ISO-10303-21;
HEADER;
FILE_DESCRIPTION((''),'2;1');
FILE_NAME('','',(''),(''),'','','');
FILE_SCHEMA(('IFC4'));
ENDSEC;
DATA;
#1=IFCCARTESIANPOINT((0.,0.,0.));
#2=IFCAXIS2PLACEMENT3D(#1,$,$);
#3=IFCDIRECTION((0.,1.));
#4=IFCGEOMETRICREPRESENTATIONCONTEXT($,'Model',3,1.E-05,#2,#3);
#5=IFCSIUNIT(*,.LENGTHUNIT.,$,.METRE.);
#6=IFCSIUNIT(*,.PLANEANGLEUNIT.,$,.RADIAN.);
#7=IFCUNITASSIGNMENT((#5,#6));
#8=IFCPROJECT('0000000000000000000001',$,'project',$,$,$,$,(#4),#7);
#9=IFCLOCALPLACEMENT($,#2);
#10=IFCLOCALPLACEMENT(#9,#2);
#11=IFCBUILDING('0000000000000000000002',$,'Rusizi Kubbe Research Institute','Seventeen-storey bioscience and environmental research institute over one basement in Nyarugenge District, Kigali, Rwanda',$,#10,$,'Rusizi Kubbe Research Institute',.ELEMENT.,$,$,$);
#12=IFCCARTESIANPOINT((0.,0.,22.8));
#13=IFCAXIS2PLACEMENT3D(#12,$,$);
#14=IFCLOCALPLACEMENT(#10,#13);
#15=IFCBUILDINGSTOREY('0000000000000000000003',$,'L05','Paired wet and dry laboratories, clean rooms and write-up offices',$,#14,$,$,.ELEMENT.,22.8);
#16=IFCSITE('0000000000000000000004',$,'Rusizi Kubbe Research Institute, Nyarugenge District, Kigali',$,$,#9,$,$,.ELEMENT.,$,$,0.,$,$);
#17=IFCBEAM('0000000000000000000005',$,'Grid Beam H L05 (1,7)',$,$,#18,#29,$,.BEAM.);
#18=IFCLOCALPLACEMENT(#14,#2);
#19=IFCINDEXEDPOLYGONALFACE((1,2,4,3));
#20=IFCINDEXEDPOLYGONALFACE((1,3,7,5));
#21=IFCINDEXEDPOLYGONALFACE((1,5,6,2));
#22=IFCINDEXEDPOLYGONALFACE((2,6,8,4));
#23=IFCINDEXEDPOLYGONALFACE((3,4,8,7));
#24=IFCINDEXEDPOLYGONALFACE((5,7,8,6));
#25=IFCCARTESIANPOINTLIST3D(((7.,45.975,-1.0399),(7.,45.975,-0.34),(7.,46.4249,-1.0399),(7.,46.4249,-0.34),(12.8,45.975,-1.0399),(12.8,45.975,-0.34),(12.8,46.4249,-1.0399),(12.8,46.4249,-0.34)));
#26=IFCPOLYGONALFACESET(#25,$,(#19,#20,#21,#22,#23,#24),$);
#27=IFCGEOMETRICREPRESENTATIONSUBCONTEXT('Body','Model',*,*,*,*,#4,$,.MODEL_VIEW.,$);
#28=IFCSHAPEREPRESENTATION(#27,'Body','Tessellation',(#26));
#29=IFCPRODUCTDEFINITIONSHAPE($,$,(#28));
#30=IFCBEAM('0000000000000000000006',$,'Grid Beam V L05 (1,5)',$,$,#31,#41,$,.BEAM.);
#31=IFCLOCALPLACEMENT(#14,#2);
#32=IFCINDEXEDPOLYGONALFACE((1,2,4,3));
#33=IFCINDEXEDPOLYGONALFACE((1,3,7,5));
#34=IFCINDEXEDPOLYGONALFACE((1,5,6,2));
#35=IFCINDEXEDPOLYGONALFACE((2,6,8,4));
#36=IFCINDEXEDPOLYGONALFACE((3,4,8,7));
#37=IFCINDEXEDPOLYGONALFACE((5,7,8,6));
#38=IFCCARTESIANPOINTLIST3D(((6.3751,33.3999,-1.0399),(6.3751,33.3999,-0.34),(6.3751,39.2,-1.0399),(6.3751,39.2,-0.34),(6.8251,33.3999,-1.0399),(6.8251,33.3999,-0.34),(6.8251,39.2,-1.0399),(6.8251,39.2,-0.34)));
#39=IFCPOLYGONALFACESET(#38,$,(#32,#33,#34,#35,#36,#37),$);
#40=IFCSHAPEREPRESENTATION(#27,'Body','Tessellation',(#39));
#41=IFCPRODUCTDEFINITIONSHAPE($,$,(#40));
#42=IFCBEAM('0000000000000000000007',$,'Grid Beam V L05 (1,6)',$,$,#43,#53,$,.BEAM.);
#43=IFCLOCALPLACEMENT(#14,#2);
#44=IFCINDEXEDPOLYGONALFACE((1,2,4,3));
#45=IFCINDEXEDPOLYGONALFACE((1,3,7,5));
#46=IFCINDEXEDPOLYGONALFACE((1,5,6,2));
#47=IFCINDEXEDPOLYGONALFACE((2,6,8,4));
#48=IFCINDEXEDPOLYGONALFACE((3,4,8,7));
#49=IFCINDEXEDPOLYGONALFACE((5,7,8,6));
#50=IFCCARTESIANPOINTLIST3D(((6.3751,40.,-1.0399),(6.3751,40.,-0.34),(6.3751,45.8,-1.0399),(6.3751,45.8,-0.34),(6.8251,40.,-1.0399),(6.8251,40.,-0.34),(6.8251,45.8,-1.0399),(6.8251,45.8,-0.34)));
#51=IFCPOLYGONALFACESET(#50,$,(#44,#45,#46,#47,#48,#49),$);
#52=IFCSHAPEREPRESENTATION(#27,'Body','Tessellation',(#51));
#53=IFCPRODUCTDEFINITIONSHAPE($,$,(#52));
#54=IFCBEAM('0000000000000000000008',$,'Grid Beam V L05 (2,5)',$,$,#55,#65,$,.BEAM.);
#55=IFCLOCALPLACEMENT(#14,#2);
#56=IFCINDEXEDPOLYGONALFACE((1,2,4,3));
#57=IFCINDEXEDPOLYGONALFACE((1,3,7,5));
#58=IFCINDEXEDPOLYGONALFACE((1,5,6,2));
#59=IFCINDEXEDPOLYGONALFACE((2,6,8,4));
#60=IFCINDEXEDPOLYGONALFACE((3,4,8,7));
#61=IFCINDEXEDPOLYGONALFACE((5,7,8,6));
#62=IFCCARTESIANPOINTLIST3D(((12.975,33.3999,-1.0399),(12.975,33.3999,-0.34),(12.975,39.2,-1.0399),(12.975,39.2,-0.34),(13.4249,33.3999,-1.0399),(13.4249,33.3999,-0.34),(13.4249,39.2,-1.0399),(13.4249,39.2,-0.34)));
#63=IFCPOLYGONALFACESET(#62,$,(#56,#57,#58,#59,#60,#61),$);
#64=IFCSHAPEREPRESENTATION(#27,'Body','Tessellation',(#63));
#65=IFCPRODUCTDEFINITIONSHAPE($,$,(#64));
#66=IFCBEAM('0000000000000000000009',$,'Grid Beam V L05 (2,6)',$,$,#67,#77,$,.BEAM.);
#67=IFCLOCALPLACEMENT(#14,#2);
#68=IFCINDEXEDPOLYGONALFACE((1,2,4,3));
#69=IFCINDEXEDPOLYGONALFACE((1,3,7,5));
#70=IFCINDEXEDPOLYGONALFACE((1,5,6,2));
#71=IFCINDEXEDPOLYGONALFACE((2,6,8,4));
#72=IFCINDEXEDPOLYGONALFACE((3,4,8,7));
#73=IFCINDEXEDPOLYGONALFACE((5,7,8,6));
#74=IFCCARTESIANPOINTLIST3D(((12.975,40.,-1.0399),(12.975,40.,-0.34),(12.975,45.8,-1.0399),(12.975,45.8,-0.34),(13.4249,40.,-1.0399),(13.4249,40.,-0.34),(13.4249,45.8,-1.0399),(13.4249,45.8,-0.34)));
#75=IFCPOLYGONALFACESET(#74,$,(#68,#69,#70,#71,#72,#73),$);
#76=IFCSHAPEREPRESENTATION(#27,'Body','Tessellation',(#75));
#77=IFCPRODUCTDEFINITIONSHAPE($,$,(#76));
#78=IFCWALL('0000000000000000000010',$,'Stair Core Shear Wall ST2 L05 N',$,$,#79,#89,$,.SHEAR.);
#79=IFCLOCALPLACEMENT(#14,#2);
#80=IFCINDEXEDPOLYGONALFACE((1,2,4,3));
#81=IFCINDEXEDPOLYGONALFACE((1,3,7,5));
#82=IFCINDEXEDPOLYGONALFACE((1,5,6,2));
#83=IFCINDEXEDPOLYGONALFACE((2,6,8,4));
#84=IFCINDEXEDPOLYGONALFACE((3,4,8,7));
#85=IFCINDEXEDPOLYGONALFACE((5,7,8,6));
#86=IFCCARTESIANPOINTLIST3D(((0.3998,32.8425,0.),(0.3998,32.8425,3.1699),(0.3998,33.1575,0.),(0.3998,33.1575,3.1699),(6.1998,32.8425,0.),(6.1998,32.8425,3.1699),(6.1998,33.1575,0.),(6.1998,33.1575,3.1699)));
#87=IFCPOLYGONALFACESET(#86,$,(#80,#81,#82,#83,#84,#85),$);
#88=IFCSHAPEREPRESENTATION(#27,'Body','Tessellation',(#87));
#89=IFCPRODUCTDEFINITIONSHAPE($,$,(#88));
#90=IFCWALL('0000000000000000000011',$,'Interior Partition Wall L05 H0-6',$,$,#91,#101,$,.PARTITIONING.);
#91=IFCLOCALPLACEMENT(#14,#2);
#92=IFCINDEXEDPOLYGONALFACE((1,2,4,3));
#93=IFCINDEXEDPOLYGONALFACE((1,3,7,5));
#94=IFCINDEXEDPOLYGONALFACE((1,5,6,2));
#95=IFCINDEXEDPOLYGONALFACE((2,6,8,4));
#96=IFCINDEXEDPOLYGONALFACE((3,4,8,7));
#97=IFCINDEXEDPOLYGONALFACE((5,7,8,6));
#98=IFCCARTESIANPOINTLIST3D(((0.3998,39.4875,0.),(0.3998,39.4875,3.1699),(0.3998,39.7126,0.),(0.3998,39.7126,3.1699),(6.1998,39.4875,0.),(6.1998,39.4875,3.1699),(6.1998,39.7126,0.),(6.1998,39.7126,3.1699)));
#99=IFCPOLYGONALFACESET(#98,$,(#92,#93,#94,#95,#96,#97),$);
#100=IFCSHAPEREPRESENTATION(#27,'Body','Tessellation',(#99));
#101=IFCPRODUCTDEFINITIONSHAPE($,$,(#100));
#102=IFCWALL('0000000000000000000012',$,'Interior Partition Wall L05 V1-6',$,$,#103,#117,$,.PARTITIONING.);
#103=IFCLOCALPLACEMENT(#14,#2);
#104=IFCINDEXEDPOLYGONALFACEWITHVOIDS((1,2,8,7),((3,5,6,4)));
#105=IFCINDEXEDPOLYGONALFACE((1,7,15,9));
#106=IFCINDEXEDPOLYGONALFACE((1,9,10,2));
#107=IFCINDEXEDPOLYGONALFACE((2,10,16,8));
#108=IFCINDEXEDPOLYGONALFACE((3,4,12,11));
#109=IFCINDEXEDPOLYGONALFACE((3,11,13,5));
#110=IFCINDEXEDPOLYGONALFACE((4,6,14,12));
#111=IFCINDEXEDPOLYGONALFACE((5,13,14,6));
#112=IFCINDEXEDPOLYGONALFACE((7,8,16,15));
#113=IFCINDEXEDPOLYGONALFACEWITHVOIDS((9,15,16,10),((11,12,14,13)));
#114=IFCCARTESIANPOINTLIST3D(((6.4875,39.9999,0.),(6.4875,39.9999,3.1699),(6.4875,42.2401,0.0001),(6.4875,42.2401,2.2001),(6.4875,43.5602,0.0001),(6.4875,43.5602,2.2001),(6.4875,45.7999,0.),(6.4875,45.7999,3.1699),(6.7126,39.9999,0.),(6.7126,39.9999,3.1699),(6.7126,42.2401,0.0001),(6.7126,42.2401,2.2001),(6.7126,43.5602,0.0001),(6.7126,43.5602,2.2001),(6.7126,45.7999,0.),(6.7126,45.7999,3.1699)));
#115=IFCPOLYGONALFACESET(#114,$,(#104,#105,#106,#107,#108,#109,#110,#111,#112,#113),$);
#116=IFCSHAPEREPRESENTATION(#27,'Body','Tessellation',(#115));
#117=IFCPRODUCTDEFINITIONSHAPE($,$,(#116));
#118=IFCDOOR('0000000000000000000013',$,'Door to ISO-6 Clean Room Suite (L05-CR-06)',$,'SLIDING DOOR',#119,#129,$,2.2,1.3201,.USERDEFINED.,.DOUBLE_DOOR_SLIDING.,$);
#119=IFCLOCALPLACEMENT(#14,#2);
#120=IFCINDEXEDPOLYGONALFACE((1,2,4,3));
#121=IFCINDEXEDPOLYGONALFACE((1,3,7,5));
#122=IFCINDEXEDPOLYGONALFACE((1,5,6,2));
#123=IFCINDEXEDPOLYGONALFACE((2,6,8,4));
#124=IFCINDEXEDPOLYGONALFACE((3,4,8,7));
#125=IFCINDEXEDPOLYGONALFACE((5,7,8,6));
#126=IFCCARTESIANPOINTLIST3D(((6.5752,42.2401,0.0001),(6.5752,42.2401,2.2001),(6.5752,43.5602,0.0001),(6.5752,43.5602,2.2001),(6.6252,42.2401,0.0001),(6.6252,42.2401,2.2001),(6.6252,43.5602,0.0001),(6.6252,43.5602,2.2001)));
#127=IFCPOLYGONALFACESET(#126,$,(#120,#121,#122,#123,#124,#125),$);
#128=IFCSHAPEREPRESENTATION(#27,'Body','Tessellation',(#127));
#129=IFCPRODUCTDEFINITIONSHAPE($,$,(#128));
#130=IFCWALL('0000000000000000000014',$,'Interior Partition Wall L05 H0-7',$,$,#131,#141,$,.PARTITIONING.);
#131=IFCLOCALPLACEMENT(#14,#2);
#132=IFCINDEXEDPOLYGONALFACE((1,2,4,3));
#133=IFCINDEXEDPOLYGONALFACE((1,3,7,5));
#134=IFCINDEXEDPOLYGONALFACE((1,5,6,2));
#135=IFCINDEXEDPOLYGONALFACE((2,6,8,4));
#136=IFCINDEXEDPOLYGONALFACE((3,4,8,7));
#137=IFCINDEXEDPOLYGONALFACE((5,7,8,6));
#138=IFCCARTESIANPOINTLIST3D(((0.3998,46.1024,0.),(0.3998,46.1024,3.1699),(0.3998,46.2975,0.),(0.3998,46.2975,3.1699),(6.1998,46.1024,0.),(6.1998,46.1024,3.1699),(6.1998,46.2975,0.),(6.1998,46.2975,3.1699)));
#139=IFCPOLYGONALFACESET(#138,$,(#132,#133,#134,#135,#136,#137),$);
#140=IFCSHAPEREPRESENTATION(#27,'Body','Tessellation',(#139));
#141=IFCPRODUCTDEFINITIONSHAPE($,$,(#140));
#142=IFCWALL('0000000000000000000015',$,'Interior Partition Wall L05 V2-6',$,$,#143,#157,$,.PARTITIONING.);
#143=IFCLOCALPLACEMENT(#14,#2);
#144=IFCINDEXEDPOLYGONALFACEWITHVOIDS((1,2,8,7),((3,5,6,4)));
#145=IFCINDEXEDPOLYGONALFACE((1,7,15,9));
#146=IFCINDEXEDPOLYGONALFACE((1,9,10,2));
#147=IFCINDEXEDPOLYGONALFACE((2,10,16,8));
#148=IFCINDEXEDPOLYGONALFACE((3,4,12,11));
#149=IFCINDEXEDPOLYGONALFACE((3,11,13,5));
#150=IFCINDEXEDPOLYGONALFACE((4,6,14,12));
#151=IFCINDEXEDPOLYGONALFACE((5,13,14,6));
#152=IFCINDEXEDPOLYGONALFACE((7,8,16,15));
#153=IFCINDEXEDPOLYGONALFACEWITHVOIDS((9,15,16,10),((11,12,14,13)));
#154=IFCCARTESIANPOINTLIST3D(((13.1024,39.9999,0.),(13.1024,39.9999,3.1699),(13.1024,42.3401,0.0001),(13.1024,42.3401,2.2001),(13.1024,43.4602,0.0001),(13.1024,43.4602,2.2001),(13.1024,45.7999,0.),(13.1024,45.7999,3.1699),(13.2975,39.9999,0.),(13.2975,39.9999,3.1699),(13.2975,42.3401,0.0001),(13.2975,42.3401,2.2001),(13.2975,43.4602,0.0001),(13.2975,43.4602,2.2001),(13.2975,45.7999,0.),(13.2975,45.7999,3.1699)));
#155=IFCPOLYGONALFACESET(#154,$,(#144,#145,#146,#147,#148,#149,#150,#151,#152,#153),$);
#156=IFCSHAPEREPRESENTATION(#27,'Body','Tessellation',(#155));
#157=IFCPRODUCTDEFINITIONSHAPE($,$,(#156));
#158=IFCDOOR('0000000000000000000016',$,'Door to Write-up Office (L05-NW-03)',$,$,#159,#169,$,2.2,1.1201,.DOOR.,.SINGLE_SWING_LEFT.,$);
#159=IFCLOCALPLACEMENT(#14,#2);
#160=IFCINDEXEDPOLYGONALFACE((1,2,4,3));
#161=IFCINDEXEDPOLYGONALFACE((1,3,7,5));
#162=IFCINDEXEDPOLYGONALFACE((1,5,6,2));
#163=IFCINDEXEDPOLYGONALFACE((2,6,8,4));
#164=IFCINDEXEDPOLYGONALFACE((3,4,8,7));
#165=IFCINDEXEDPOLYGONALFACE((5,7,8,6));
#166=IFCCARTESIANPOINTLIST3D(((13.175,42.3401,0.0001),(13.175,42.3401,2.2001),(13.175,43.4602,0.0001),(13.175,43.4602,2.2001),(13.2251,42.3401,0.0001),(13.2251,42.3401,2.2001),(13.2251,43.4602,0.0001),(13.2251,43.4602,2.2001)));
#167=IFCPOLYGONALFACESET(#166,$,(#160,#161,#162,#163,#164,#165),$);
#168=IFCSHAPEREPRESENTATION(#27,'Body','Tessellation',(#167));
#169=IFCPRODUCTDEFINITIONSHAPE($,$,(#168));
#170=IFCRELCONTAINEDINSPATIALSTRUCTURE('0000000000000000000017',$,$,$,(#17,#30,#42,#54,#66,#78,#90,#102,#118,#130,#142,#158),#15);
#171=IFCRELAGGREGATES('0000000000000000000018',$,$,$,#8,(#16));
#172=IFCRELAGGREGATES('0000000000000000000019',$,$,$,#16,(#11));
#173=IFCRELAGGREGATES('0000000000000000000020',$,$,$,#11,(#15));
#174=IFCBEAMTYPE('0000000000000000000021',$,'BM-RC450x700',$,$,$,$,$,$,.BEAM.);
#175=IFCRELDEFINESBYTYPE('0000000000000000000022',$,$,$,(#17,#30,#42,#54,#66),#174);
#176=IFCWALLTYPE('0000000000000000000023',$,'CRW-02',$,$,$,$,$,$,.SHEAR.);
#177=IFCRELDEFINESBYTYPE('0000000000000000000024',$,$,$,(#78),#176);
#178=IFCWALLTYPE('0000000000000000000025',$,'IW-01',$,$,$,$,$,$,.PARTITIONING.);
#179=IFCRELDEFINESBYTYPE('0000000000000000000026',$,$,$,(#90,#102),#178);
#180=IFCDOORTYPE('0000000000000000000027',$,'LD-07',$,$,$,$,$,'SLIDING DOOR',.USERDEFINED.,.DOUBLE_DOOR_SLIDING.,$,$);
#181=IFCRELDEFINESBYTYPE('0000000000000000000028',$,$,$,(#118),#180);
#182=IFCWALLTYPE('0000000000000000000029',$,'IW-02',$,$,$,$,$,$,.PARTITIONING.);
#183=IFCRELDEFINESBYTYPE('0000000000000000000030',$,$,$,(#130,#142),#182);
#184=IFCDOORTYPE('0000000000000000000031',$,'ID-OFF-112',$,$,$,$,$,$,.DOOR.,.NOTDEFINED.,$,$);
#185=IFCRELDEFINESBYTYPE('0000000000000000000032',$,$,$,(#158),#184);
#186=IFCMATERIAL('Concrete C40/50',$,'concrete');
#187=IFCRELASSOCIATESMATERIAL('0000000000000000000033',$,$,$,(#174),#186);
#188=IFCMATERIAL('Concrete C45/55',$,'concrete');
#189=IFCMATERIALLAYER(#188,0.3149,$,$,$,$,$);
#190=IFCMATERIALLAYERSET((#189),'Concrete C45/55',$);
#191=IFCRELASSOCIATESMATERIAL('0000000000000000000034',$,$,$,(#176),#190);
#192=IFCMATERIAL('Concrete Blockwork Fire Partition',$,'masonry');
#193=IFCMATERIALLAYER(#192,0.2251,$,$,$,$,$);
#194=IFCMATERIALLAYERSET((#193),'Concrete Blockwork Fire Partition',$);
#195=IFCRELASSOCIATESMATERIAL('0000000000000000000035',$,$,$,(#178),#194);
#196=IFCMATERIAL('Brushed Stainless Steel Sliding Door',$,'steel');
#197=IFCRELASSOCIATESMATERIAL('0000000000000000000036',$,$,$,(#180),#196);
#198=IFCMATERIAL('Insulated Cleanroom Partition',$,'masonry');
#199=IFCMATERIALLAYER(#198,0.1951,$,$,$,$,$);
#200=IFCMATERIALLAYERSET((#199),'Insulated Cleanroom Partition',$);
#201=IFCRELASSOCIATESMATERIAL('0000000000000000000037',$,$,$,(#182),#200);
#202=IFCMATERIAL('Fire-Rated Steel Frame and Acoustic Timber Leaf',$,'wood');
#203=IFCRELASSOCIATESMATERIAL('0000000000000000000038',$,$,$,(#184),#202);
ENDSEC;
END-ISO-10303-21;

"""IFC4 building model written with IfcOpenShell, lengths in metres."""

from ifc_helpers import new_model, si_unit, direction, frame, frame_2d, origin, origin_2d, place, context, subcontext, project, spatial, rectangle, extrude, material, layer, layer_set, material_profile, profile_set, type_object, element, fill, save


model = new_model("IFC4")

# Units and contexts
model_context = context("Model", 3, precision=1e-05, world=origin(), true_north=direction((0.0, 1.0)))
body_context = subcontext(model_context, "Body", "Model", "MODEL_VIEW")
ifc_project = project(units=[si_unit("LENGTHUNIT", "METRE"), si_unit("PLANEANGLEUNIT", "RADIAN")], contexts=[model_context])

# Site, building, storey
site_placement = place(None, origin())
site = spatial("IfcSite", under=ifc_project, at=site_placement, Name="Rusizi Kubbe Research Institute, Nyarugenge District, Kigali", CompositionType="ELEMENT", RefElevation=0.0)
building_placement = place(site_placement, origin())
building = spatial("IfcBuilding", under=site, at=building_placement, Name="Rusizi Kubbe Research Institute", Description="Seventeen-storey bioscience and environmental research institute over one basement in Nyarugenge District, Kigali, Rwanda", LongName="Rusizi Kubbe Research Institute", CompositionType="ELEMENT")
storey_placement = place(building_placement, frame((0.0, 0.0, 22.8)))
storey = spatial("IfcBuildingStorey", under=building, at=storey_placement, Name="L05", Description="Paired wet and dry laboratories, clean rooms and write-up offices", CompositionType="ELEMENT", Elevation=22.8)

# Beams
ifc_material_1 = material(Name="Concrete C40/50", Category="concrete")
ifc_material_profile_1 = material_profile(ifc_material_1, rectangle(XDim=0.45, YDim=0.7, at=origin_2d()), Name="RC450x700B")
ifc_profile_set_1 = profile_set([ifc_material_profile_1], Name="Concrete C40/50")
beam_type_1 = type_object("IfcBeamType", Name="BM-RC450x700", PredefinedType="BEAM", material=ifc_profile_set_1)
for number, where, z_axis, x_axis, name in (
    (1, (7.0, 46.2, -0.6899), (1.0, 0.0, 0.0), (0.0, 1.0, 0.0), "Grid Beam H L05 (1,7)"),
    (2, (6.6001, 33.3999, -0.6899), (0.0, 1.0, 0.0), (-1.0, 0.0, 0.0), "Grid Beam V L05 (1,5)"),
    (3, (6.6001, 40.0, -0.6899), (0.0, 1.0, 0.0), (-1.0, 0.0, 0.0), "Grid Beam V L05 (1,6)"),
    (4, (13.2, 33.3999, -0.6899), (0.0, 1.0, 0.0), (-1.0, 0.0, 0.0), "Grid Beam V L05 (2,5)"),
    (5, (13.2, 40.0, -0.6899), (0.0, 1.0, 0.0), (-1.0, 0.0, 0.0), "Grid Beam V L05 (2,6)"),
):
    element("IfcBeam", number, at=place(storey_placement, frame(where, z_axis=z_axis, x_axis=x_axis)), inside=storey, type_object=beam_type_1, Name=name, PredefinedType="BEAM", context=body_context, shape_type="SweptSolid", body=[
        extrude(rectangle(XDim=0.45, YDim=0.7, at=origin_2d()), origin(), (0.0, 0.0, 1.0), 5.8),
    ])

# Walls
ifc_material_2 = material(Name="Concrete C45/55", Category="concrete")
ifc_layer_1 = layer(ifc_material_2, 0.3149)
ifc_layer_set_1 = layer_set([ifc_layer_1], Name="Concrete C45/55")
wall_type_1 = type_object("IfcWallType", Name="CRW-02", PredefinedType="SHEAR", material=ifc_layer_set_1)
wall_1_placement = place(storey_placement, frame((0.3999, 33.0, 0.0), z_axis=(0.0, 0.0, 1.0), x_axis=(1.0, 0.0, 0.0)))
element("IfcWall", 6, at=wall_1_placement, inside=storey, type_object=wall_type_1, Name="Stair Core Shear Wall ST2 L05 N", PredefinedType="SHEAR", context=body_context, shape_type="SweptSolid", body=[
    extrude(rectangle(XDim=5.8, YDim=0.3149, at=frame_2d((2.8999, 0.0))), origin(), (0.0, 0.0, 1.0), 3.1699),
])
ifc_material_3 = material(Name="Concrete Blockwork Fire Partition", Category="masonry")
ifc_layer_2 = layer(ifc_material_3, 0.2251)
ifc_layer_set_2 = layer_set([ifc_layer_2], Name="Concrete Blockwork Fire Partition")
wall_type_2 = type_object("IfcWallType", Name="IW-01", PredefinedType="PARTITIONING", material=ifc_layer_set_2)
wall_2_placement = place(storey_placement, frame((0.3999, 39.6001, 0.0), z_axis=(0.0, 0.0, 1.0), x_axis=(1.0, 0.0, 0.0)))
element("IfcWall", 7, at=wall_2_placement, inside=storey, type_object=wall_type_2, Name="Interior Partition Wall L05 H0-6", PredefinedType="PARTITIONING", context=body_context, shape_type="SweptSolid", body=[
    extrude(rectangle(XDim=5.8, YDim=0.2251, at=frame_2d((2.8999, 0.0))), origin(), (0.0, 0.0, 1.0), 3.1699),
])

# Wall, opening, door
wall_3_placement = place(storey_placement, frame((6.6001, 40.0, 0.0), z_axis=(0.0, 0.0, 1.0), x_axis=(0.0, 1.0, 0.0)))
wall_3 = element("IfcWall", 8, at=wall_3_placement, inside=storey, type_object=wall_type_2, Name="Interior Partition Wall L05 V1-6", PredefinedType="PARTITIONING", context=body_context, shape_type="SweptSolid", body=[
    extrude(rectangle(XDim=5.8, YDim=0.2251, at=frame_2d((2.8999, 0.0))), origin(), (0.0, 0.0, 1.0), 3.1699),
])
opening_1_placement = place(wall_3_placement, frame((2.24, 0.0, 0.0)))
opening_1 = element("IfcOpeningElement", 9, at=opening_1_placement, cuts=wall_3, PredefinedType="OPENING", context=body_context, shape_type="SweptSolid", body=[
    extrude(rectangle(XDim=1.3201, YDim=2.2, at=frame_2d((0.6602, 1.1001))), frame((0.0, 0.1226, 0.0), z_axis=(0.0, -1.0, 0.0), x_axis=(1.0, 0.0, 0.0)), (0.0, 0.0, 1.0), 0.2451),
])
ifc_material_4 = material(Name="Brushed Stainless Steel Sliding Door", Category="steel")
door_type_1 = type_object("IfcDoorType", Name="LD-07", ElementType="SLIDING DOOR", OperationType="DOUBLE_DOOR_SLIDING", PredefinedType="USERDEFINED", material=ifc_material_4)
door_1_placement = place(opening_1_placement, origin())
door_1 = element("IfcDoor", 10, at=door_1_placement, inside=storey, type_object=door_type_1, Name="Door to ISO-6 Clean Room Suite (L05-CR-06)", ObjectType="SLIDING DOOR", OperationType="DOUBLE_DOOR_SLIDING", OverallHeight=2.2, OverallWidth=1.3201, PredefinedType="USERDEFINED", context=body_context, shape_type="SweptSolid", body=[
    extrude(rectangle(XDim=1.3201, YDim=2.2, at=frame_2d((0.6602, 1.1001))), frame((0.0, 0.0249, 0.0), z_axis=(0.0, -1.0, 0.0), x_axis=(1.0, 0.0, 0.0)), (0.0, 0.0, 1.0), 0.05),
])
fill(opening_1, door_1)

# Wall
ifc_material_5 = material(Name="Insulated Cleanroom Partition", Category="masonry")
ifc_layer_3 = layer(ifc_material_5, 0.1951)
ifc_layer_set_3 = layer_set([ifc_layer_3], Name="Insulated Cleanroom Partition")
wall_type_3 = type_object("IfcWallType", Name="IW-02", PredefinedType="PARTITIONING", material=ifc_layer_set_3)
wall_4_placement = place(storey_placement, frame((0.3999, 46.2, 0.0), z_axis=(0.0, 0.0, 1.0), x_axis=(1.0, 0.0, 0.0)))
element("IfcWall", 11, at=wall_4_placement, inside=storey, type_object=wall_type_3, Name="Interior Partition Wall L05 H0-7", PredefinedType="PARTITIONING", context=body_context, shape_type="SweptSolid", body=[
    extrude(rectangle(XDim=5.8, YDim=0.1951, at=frame_2d((2.8999, 0.0))), origin(), (0.0, 0.0, 1.0), 3.1699),
])

# Wall, opening, door
wall_5_placement = place(storey_placement, frame((13.2, 40.0, 0.0), z_axis=(0.0, 0.0, 1.0), x_axis=(0.0, 1.0, 0.0)))
wall_5 = element("IfcWall", 12, at=wall_5_placement, inside=storey, type_object=wall_type_3, Name="Interior Partition Wall L05 V2-6", PredefinedType="PARTITIONING", context=body_context, shape_type="SweptSolid", body=[
    extrude(rectangle(XDim=5.8, YDim=0.1951, at=frame_2d((2.8999, 0.0))), origin(), (0.0, 0.0, 1.0), 3.1699),
])
opening_2_placement = place(wall_5_placement, frame((2.3401, 0.0, 0.0)))
opening_2 = element("IfcOpeningElement", 13, at=opening_2_placement, cuts=wall_5, PredefinedType="OPENING", context=body_context, shape_type="SweptSolid", body=[
    extrude(rectangle(XDim=1.1201, YDim=2.2, at=frame_2d((0.5601, 1.1001))), frame((0.0, 0.1074, 0.0), z_axis=(0.0, -1.0, 0.0), x_axis=(1.0, 0.0, 0.0)), (0.0, 0.0, 1.0), 0.2151),
])
ifc_material_6 = material(Name="Fire-Rated Steel Frame and Acoustic Timber Leaf", Category="wood")
door_type_2 = type_object("IfcDoorType", Name="ID-OFF-112", OperationType="NOTDEFINED", PredefinedType="DOOR", material=ifc_material_6)
door_2_placement = place(opening_2_placement, origin())
door_2 = element("IfcDoor", 14, at=door_2_placement, inside=storey, type_object=door_type_2, Name="Door to Write-up Office (L05-NW-03)", OperationType="SINGLE_SWING_LEFT", OverallHeight=2.2, OverallWidth=1.1201, PredefinedType="DOOR", context=body_context, shape_type="SweptSolid", body=[
    extrude(rectangle(XDim=1.1201, YDim=2.2, at=frame_2d((0.5601, 1.1001))), frame((0.0, 0.0249, 0.0), z_axis=(0.0, -1.0, 0.0), x_axis=(1.0, 0.0, 0.0)), (0.0, 0.0, 1.0), 0.05),
])
fill(opening_2, door_2)

save(model, "model.ifc")
